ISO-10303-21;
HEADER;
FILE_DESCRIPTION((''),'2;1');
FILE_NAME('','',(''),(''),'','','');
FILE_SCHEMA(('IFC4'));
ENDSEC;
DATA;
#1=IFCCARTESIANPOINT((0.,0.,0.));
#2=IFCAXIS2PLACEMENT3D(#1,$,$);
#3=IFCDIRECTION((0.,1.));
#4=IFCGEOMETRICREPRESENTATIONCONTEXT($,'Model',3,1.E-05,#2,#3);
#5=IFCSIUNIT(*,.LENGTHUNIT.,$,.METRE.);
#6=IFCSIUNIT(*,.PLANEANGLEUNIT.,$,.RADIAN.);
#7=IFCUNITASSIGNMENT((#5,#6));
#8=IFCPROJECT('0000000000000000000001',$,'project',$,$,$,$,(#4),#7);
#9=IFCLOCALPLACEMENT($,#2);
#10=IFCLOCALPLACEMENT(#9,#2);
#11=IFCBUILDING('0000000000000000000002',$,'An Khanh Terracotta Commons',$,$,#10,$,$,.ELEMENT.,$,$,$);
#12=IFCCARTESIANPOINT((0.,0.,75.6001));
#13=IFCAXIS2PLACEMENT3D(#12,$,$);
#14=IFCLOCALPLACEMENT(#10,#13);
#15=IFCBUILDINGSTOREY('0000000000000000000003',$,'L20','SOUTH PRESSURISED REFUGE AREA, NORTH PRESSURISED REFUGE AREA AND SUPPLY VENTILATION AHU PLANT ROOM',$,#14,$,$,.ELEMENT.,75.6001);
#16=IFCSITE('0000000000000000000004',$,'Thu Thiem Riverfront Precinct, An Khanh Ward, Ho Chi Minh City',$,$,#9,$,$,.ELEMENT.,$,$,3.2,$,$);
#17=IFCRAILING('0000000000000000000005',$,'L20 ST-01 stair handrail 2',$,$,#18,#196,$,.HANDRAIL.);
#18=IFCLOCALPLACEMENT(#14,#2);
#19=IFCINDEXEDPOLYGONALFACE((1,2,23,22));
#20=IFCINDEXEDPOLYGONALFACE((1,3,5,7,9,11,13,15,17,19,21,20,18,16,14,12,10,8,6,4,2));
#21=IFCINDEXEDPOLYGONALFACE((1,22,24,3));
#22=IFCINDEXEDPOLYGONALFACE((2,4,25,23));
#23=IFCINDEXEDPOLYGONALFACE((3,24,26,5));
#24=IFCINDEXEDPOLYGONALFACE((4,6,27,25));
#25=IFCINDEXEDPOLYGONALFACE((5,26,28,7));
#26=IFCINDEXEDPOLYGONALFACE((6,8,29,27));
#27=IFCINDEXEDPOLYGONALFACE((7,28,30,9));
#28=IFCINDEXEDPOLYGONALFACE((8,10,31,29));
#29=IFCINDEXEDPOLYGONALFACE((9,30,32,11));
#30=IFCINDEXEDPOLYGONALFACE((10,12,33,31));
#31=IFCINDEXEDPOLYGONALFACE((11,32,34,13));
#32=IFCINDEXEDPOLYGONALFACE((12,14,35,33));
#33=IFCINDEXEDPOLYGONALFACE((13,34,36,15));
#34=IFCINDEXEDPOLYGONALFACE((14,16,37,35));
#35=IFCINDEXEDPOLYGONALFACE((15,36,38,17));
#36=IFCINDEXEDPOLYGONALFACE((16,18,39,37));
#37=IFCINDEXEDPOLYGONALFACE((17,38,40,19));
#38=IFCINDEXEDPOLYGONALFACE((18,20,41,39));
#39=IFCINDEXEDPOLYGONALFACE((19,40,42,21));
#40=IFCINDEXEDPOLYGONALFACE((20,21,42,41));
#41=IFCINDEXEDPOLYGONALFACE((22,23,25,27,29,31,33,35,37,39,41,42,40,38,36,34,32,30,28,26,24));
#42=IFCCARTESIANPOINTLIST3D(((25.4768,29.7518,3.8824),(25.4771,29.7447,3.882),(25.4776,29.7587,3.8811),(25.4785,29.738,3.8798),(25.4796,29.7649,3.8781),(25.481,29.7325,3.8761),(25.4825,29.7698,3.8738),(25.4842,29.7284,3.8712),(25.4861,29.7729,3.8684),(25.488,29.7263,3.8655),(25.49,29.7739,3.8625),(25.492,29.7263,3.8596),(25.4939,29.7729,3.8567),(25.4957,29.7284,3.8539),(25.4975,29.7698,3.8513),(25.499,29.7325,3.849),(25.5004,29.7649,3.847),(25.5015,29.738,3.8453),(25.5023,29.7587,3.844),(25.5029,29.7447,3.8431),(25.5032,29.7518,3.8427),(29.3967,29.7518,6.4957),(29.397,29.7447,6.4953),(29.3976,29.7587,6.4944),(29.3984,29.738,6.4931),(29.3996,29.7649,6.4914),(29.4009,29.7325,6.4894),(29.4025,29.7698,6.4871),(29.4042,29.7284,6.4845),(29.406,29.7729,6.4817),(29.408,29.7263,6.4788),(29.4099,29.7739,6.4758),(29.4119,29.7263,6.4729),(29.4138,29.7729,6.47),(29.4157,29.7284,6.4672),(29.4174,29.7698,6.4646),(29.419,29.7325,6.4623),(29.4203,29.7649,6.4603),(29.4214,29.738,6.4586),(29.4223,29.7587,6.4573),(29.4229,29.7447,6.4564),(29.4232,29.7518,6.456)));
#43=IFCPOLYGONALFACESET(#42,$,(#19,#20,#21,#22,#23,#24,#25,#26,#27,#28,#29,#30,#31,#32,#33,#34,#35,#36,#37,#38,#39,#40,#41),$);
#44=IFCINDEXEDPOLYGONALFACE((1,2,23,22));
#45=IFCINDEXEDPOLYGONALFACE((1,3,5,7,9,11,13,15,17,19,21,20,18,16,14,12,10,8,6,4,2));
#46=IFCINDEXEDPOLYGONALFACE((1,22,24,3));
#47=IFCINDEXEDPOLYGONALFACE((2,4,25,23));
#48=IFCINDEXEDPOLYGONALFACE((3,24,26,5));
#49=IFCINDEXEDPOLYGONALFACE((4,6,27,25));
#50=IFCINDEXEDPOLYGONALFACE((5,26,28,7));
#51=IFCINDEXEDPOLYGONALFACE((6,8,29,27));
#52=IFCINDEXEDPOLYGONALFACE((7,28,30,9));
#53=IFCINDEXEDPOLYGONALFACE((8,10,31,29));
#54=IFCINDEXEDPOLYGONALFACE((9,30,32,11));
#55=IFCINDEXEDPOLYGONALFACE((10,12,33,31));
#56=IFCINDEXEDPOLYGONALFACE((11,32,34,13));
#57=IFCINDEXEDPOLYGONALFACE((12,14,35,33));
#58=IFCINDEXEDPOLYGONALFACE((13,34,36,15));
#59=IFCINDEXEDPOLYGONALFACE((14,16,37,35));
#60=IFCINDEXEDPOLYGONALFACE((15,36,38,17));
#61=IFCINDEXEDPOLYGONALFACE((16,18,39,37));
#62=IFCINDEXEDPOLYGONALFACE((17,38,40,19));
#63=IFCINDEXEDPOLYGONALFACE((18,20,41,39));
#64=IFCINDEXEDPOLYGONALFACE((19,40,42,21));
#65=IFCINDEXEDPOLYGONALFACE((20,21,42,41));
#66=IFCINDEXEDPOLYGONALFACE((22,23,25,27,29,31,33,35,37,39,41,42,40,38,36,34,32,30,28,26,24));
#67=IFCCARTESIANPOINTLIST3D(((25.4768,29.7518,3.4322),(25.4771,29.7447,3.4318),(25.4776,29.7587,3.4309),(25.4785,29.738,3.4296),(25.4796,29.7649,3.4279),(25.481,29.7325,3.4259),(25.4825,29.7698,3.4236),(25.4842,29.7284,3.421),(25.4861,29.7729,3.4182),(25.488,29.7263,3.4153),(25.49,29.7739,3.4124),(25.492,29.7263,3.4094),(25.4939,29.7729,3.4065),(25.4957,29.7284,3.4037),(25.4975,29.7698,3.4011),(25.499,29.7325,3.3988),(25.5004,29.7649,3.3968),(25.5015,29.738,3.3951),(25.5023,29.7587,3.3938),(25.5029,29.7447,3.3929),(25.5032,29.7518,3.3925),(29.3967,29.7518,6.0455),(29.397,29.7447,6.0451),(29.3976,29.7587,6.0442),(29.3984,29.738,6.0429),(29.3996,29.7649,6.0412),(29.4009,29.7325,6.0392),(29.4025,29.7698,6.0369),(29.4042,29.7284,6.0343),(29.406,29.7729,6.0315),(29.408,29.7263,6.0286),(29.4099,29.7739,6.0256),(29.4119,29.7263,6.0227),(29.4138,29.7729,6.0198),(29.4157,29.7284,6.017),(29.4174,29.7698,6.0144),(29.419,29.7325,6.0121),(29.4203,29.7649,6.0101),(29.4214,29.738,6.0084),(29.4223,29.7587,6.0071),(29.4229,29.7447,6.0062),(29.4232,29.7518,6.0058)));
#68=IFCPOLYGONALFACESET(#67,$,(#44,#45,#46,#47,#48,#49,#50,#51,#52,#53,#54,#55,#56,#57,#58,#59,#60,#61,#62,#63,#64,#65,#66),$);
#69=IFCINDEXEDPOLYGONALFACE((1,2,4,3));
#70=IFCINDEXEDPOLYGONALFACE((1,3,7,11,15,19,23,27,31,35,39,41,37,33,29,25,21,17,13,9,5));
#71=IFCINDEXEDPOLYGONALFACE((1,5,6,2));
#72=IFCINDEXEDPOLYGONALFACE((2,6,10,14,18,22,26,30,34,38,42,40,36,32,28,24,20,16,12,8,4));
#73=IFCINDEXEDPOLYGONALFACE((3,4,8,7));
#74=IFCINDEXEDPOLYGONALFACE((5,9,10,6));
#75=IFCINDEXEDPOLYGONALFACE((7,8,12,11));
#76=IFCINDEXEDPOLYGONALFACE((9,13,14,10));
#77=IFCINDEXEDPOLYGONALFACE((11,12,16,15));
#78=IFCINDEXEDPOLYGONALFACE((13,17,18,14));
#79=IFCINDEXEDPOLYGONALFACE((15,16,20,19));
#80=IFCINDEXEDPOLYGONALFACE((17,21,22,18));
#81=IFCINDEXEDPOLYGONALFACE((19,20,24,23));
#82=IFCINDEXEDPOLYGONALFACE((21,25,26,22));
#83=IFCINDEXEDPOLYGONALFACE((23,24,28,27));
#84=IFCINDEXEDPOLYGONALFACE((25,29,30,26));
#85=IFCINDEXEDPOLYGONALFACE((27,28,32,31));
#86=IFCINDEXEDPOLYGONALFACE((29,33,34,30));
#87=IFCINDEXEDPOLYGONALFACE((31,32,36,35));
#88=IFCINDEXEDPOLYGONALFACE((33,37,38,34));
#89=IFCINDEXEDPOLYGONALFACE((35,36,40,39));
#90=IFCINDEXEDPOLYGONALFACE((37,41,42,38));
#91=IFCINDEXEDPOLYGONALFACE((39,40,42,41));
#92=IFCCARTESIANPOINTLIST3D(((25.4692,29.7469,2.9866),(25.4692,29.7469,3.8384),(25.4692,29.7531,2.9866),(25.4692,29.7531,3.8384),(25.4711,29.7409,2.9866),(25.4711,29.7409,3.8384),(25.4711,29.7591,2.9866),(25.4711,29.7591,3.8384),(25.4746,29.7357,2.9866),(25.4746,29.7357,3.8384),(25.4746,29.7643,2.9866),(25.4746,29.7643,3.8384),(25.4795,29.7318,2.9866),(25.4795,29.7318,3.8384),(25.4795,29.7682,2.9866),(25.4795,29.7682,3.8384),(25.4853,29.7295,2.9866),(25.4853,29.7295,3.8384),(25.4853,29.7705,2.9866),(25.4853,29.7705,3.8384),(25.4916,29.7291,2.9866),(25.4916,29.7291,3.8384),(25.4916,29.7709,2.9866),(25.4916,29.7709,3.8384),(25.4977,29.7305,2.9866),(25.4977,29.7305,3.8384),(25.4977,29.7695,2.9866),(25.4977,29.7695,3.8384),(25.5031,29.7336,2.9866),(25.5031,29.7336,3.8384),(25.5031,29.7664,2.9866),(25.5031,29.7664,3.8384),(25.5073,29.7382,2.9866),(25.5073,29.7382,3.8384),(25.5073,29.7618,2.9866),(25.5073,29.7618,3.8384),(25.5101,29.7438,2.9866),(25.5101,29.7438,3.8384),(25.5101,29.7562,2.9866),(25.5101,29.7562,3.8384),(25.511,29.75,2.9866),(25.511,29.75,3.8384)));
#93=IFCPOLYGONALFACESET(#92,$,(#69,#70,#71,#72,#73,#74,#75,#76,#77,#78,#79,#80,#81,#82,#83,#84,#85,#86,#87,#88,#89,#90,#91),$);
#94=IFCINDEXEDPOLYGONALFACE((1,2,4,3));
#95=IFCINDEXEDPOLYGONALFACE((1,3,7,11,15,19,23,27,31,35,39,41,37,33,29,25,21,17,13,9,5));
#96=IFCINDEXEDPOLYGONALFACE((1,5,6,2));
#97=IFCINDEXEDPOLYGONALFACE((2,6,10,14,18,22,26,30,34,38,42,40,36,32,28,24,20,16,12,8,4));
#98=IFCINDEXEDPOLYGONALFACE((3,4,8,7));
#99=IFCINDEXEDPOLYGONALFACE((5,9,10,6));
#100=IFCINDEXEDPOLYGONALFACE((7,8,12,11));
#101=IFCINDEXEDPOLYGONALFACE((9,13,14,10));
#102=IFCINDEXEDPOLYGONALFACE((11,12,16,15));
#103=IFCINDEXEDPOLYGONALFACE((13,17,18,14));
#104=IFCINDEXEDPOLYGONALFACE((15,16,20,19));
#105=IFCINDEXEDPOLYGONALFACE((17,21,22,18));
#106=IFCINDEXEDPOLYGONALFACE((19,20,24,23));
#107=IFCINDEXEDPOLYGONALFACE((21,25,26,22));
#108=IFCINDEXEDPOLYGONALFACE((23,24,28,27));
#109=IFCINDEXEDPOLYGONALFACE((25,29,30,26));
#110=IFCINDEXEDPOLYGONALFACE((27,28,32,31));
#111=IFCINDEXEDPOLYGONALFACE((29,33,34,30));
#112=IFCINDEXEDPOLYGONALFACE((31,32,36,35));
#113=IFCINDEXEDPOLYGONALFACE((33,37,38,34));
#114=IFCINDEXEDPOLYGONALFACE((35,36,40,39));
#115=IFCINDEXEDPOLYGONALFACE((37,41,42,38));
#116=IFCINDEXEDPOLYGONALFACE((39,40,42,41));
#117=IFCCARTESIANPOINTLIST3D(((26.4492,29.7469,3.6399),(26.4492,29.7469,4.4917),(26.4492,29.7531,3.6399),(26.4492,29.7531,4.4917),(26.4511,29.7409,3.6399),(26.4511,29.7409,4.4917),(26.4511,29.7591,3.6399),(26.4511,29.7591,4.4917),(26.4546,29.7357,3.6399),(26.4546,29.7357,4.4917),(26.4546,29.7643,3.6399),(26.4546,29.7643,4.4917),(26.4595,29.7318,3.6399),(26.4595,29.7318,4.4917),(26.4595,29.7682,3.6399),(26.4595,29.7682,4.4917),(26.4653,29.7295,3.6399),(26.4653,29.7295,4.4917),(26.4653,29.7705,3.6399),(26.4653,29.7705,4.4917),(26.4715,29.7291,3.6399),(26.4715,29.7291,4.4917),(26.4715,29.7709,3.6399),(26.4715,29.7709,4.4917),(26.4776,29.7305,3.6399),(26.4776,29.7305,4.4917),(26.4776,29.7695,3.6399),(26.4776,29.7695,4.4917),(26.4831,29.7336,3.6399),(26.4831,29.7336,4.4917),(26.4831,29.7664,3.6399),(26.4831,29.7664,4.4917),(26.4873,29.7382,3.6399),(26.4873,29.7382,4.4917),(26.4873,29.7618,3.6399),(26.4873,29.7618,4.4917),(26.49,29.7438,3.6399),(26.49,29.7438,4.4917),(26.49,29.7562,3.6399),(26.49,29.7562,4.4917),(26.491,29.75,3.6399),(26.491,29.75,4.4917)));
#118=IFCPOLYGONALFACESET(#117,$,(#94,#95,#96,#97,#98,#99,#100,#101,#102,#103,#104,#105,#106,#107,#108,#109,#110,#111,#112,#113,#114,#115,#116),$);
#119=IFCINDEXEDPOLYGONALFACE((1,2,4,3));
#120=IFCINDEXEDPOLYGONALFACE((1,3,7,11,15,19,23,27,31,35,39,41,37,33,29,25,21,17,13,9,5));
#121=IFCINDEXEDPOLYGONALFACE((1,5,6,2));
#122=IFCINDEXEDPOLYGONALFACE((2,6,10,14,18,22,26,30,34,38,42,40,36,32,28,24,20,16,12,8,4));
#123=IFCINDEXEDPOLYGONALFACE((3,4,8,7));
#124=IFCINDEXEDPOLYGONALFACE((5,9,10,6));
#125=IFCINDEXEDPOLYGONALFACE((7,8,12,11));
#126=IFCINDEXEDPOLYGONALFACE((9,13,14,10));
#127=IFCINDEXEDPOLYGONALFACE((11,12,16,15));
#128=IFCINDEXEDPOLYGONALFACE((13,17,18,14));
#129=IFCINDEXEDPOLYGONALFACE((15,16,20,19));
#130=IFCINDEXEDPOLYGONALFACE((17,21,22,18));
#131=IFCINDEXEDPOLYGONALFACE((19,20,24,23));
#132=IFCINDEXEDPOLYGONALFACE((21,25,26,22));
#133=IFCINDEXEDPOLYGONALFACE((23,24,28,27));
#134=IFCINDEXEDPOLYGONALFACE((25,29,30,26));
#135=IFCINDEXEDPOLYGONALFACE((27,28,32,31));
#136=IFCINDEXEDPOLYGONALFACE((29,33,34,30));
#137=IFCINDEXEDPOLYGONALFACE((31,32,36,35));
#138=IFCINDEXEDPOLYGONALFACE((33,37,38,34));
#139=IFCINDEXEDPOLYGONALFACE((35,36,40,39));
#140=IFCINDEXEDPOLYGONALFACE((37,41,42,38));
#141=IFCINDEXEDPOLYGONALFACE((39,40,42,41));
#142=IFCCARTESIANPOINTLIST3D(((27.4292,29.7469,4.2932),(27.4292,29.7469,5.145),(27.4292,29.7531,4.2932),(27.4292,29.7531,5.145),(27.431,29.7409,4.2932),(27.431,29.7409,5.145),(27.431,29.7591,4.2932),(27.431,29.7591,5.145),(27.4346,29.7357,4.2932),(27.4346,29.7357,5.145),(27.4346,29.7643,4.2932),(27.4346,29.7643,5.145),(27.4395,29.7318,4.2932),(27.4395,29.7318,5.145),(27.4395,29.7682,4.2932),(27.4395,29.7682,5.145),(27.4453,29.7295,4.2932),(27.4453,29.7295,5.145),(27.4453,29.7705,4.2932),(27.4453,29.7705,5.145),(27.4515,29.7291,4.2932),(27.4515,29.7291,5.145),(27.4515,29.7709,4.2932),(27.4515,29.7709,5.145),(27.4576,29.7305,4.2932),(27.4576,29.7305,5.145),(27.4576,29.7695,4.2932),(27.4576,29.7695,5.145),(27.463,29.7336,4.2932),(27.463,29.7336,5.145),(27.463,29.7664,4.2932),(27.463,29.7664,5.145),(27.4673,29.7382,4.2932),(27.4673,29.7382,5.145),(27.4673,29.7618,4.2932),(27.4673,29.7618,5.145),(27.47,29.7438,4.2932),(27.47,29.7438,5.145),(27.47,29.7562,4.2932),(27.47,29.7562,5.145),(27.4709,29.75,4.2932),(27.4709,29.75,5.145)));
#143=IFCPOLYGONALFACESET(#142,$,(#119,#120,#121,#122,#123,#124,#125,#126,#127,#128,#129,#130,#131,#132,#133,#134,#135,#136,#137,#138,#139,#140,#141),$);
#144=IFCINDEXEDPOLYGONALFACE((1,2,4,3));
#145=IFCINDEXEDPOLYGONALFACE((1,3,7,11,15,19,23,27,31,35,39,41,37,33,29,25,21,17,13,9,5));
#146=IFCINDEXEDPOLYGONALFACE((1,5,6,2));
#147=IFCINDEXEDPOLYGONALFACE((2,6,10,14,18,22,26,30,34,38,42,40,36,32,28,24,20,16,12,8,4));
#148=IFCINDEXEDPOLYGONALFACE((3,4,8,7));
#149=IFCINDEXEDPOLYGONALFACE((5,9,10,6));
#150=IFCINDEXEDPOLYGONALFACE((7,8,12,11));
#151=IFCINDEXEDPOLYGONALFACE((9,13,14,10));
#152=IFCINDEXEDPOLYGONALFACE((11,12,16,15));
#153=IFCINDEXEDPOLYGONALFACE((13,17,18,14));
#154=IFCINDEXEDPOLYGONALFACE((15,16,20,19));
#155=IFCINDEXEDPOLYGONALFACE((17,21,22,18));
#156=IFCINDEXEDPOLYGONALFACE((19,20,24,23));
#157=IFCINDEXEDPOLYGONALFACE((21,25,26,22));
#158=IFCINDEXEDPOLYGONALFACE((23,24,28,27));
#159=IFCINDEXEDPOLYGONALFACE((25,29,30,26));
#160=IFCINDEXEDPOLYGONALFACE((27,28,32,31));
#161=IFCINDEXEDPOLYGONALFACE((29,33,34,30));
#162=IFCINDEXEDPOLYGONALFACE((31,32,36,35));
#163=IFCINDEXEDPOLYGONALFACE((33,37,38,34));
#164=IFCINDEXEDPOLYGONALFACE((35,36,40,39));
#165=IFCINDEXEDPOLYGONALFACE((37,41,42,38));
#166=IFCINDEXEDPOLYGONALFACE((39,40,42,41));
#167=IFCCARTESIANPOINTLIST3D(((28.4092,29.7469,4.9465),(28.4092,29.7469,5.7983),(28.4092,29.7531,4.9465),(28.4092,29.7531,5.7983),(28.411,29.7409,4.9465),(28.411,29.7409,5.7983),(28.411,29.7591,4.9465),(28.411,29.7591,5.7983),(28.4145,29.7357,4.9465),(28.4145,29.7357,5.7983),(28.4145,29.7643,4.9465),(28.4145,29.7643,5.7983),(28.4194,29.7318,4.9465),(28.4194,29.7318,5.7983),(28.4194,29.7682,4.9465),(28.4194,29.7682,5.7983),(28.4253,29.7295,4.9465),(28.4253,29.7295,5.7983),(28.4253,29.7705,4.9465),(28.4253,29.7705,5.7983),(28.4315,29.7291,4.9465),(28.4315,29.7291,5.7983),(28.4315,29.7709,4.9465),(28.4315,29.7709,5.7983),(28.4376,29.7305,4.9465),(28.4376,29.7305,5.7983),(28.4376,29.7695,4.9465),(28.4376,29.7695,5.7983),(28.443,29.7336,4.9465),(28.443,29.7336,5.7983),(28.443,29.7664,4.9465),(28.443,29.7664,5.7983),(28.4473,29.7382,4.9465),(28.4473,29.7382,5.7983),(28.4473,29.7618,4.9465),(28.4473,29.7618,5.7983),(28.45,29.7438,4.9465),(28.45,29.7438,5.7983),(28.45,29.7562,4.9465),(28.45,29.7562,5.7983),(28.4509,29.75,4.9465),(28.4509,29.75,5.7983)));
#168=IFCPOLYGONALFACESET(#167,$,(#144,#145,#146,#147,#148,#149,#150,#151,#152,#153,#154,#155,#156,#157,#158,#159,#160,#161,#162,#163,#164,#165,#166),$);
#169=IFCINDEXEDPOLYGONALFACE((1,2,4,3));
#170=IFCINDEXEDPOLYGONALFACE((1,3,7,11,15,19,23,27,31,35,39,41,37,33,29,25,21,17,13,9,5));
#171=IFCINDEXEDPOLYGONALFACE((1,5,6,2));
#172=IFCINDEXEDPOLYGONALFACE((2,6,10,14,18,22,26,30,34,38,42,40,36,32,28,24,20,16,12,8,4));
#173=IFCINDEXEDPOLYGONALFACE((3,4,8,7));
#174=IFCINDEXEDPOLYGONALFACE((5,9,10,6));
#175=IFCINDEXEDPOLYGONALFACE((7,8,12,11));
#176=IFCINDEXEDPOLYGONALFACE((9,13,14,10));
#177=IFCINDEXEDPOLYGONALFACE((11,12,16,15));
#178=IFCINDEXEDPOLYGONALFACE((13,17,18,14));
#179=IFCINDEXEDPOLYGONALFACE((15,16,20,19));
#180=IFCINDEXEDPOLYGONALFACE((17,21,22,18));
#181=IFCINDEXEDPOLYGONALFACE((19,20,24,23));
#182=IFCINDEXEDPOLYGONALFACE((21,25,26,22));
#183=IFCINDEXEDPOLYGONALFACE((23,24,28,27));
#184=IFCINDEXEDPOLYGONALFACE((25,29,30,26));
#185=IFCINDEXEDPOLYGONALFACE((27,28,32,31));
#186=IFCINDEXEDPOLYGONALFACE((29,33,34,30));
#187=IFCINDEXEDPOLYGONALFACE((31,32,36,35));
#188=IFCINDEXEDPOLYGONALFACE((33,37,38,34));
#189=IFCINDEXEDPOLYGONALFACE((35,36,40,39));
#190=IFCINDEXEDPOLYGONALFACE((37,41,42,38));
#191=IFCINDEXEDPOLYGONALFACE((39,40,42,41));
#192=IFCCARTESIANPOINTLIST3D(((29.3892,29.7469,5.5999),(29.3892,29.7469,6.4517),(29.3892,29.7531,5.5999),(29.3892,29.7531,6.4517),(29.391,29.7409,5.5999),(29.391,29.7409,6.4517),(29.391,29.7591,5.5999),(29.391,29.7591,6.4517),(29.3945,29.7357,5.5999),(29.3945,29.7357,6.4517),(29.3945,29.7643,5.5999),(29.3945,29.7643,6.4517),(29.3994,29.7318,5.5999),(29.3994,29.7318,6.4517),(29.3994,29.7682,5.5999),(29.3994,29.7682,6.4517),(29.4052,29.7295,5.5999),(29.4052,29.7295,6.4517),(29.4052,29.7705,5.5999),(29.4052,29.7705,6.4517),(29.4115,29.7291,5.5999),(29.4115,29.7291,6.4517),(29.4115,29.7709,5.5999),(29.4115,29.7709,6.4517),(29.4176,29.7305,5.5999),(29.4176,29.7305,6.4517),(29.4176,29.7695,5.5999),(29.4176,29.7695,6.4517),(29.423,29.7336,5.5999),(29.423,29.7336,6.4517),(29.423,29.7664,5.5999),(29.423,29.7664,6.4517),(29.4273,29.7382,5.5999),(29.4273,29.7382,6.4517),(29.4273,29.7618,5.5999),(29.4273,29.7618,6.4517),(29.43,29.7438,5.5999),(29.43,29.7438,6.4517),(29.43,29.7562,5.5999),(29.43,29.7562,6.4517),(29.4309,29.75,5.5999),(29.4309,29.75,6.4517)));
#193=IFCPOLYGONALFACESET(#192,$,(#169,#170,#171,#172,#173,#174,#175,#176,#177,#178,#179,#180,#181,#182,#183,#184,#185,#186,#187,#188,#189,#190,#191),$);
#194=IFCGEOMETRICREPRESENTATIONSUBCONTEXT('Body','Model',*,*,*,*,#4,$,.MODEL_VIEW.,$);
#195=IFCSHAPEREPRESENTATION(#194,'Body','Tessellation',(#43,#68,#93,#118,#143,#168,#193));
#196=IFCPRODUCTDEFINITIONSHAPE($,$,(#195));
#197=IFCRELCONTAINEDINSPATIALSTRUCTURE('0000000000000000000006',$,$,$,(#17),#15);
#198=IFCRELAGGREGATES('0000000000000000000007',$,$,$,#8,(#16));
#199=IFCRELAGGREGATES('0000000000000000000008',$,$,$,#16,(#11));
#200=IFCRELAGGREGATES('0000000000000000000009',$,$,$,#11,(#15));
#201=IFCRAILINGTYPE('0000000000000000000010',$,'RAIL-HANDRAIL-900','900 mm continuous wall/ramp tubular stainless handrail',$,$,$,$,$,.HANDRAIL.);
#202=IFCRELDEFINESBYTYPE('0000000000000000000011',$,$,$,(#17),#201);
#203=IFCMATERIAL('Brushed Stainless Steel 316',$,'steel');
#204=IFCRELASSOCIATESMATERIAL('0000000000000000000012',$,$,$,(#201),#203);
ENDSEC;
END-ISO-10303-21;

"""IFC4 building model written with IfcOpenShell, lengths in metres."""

from ifc_helpers import new_model, si_unit, direction, frame, origin, origin_2d, place, context, subcontext, project, spatial, circle, extrude, material, type_object, element, save


model = new_model("IFC4")

# Units and contexts
model_context = context("Model", 3, precision=1e-05, world=origin(), true_north=direction((0.0, 1.0)))
body_context = subcontext(model_context, "Body", "Model", "MODEL_VIEW")
ifc_project = project(units=[si_unit("LENGTHUNIT", "METRE"), si_unit("PLANEANGLEUNIT", "RADIAN")], contexts=[model_context])

# Site, building, storey
site_placement = place(None, origin())
site = spatial("IfcSite", under=ifc_project, at=site_placement, Name="Thu Thiem Riverfront Precinct, An Khanh Ward, Ho Chi Minh City", CompositionType="ELEMENT", RefElevation=3.2)
building_placement = place(site_placement, origin())
building = spatial("IfcBuilding", under=site, at=building_placement, Name="An Khanh Terracotta Commons", CompositionType="ELEMENT")
storey_placement = place(building_placement, frame((0.0, 0.0, 75.6001)))
storey = spatial("IfcBuildingStorey", under=building, at=storey_placement, Name="L20", Description="SOUTH PRESSURISED REFUGE AREA, NORTH PRESSURISED REFUGE AREA AND SUPPLY VENTILATION AHU PLANT ROOM", CompositionType="ELEMENT", Elevation=75.6001)

# Railing
ifc_material_1 = material(Name="Brushed Stainless Steel 316", Category="steel")
railing_type_1 = type_object("IfcRailingType", Name="RAIL-HANDRAIL-900", Description="900 mm continuous wall/ramp tubular stainless handrail", PredefinedType="HANDRAIL", material=ifc_material_1)
railing_1_placement = place(storey_placement, frame((25.49, 29.75, 2.9866)))
element("IfcRailing", 1, at=railing_1_placement, inside=storey, type_object=railing_type_1, Name="L20 ST-01 stair handrail 2", PredefinedType="HANDRAIL", context=body_context, shape_type="SweptSolid", body=[
    extrude(circle(Radius=0.0239, at=origin_2d()), frame((0.0, 0.0, 0.876), z_axis=(0.83205, 0.0, 0.5547), x_axis=(0.0, 1.0, 0.0)), (0.0, 0.0, 1.0), 4.7112),
    extrude(circle(Radius=0.0239, at=origin_2d()), frame((0.0, 0.0, 0.4258), z_axis=(0.83205, 0.0, 0.5547), x_axis=(0.0, 1.0, 0.0)), (0.0, 0.0, 1.0), 4.7112),
    extrude(circle(Radius=0.021, at=origin_2d()), origin(), (0.0, 0.0, 1.0), 0.8518),
    extrude(circle(Radius=0.021, at=origin_2d()), frame((0.98, 0.0, 0.6533)), (0.0, 0.0, 1.0), 0.8518),
    extrude(circle(Radius=0.021, at=origin_2d()), frame((1.96, 0.0, 1.3066)), (0.0, 0.0, 1.0), 0.8518),
    extrude(circle(Radius=0.021, at=origin_2d()), frame((2.9399, 0.0, 1.96)), (0.0, 0.0, 1.0), 0.8518),
    extrude(circle(Radius=0.021, at=origin_2d()), frame((3.9199, 0.0, 2.6133)), (0.0, 0.0, 1.0), 0.8518),
])

save(model, "model.ifc")
